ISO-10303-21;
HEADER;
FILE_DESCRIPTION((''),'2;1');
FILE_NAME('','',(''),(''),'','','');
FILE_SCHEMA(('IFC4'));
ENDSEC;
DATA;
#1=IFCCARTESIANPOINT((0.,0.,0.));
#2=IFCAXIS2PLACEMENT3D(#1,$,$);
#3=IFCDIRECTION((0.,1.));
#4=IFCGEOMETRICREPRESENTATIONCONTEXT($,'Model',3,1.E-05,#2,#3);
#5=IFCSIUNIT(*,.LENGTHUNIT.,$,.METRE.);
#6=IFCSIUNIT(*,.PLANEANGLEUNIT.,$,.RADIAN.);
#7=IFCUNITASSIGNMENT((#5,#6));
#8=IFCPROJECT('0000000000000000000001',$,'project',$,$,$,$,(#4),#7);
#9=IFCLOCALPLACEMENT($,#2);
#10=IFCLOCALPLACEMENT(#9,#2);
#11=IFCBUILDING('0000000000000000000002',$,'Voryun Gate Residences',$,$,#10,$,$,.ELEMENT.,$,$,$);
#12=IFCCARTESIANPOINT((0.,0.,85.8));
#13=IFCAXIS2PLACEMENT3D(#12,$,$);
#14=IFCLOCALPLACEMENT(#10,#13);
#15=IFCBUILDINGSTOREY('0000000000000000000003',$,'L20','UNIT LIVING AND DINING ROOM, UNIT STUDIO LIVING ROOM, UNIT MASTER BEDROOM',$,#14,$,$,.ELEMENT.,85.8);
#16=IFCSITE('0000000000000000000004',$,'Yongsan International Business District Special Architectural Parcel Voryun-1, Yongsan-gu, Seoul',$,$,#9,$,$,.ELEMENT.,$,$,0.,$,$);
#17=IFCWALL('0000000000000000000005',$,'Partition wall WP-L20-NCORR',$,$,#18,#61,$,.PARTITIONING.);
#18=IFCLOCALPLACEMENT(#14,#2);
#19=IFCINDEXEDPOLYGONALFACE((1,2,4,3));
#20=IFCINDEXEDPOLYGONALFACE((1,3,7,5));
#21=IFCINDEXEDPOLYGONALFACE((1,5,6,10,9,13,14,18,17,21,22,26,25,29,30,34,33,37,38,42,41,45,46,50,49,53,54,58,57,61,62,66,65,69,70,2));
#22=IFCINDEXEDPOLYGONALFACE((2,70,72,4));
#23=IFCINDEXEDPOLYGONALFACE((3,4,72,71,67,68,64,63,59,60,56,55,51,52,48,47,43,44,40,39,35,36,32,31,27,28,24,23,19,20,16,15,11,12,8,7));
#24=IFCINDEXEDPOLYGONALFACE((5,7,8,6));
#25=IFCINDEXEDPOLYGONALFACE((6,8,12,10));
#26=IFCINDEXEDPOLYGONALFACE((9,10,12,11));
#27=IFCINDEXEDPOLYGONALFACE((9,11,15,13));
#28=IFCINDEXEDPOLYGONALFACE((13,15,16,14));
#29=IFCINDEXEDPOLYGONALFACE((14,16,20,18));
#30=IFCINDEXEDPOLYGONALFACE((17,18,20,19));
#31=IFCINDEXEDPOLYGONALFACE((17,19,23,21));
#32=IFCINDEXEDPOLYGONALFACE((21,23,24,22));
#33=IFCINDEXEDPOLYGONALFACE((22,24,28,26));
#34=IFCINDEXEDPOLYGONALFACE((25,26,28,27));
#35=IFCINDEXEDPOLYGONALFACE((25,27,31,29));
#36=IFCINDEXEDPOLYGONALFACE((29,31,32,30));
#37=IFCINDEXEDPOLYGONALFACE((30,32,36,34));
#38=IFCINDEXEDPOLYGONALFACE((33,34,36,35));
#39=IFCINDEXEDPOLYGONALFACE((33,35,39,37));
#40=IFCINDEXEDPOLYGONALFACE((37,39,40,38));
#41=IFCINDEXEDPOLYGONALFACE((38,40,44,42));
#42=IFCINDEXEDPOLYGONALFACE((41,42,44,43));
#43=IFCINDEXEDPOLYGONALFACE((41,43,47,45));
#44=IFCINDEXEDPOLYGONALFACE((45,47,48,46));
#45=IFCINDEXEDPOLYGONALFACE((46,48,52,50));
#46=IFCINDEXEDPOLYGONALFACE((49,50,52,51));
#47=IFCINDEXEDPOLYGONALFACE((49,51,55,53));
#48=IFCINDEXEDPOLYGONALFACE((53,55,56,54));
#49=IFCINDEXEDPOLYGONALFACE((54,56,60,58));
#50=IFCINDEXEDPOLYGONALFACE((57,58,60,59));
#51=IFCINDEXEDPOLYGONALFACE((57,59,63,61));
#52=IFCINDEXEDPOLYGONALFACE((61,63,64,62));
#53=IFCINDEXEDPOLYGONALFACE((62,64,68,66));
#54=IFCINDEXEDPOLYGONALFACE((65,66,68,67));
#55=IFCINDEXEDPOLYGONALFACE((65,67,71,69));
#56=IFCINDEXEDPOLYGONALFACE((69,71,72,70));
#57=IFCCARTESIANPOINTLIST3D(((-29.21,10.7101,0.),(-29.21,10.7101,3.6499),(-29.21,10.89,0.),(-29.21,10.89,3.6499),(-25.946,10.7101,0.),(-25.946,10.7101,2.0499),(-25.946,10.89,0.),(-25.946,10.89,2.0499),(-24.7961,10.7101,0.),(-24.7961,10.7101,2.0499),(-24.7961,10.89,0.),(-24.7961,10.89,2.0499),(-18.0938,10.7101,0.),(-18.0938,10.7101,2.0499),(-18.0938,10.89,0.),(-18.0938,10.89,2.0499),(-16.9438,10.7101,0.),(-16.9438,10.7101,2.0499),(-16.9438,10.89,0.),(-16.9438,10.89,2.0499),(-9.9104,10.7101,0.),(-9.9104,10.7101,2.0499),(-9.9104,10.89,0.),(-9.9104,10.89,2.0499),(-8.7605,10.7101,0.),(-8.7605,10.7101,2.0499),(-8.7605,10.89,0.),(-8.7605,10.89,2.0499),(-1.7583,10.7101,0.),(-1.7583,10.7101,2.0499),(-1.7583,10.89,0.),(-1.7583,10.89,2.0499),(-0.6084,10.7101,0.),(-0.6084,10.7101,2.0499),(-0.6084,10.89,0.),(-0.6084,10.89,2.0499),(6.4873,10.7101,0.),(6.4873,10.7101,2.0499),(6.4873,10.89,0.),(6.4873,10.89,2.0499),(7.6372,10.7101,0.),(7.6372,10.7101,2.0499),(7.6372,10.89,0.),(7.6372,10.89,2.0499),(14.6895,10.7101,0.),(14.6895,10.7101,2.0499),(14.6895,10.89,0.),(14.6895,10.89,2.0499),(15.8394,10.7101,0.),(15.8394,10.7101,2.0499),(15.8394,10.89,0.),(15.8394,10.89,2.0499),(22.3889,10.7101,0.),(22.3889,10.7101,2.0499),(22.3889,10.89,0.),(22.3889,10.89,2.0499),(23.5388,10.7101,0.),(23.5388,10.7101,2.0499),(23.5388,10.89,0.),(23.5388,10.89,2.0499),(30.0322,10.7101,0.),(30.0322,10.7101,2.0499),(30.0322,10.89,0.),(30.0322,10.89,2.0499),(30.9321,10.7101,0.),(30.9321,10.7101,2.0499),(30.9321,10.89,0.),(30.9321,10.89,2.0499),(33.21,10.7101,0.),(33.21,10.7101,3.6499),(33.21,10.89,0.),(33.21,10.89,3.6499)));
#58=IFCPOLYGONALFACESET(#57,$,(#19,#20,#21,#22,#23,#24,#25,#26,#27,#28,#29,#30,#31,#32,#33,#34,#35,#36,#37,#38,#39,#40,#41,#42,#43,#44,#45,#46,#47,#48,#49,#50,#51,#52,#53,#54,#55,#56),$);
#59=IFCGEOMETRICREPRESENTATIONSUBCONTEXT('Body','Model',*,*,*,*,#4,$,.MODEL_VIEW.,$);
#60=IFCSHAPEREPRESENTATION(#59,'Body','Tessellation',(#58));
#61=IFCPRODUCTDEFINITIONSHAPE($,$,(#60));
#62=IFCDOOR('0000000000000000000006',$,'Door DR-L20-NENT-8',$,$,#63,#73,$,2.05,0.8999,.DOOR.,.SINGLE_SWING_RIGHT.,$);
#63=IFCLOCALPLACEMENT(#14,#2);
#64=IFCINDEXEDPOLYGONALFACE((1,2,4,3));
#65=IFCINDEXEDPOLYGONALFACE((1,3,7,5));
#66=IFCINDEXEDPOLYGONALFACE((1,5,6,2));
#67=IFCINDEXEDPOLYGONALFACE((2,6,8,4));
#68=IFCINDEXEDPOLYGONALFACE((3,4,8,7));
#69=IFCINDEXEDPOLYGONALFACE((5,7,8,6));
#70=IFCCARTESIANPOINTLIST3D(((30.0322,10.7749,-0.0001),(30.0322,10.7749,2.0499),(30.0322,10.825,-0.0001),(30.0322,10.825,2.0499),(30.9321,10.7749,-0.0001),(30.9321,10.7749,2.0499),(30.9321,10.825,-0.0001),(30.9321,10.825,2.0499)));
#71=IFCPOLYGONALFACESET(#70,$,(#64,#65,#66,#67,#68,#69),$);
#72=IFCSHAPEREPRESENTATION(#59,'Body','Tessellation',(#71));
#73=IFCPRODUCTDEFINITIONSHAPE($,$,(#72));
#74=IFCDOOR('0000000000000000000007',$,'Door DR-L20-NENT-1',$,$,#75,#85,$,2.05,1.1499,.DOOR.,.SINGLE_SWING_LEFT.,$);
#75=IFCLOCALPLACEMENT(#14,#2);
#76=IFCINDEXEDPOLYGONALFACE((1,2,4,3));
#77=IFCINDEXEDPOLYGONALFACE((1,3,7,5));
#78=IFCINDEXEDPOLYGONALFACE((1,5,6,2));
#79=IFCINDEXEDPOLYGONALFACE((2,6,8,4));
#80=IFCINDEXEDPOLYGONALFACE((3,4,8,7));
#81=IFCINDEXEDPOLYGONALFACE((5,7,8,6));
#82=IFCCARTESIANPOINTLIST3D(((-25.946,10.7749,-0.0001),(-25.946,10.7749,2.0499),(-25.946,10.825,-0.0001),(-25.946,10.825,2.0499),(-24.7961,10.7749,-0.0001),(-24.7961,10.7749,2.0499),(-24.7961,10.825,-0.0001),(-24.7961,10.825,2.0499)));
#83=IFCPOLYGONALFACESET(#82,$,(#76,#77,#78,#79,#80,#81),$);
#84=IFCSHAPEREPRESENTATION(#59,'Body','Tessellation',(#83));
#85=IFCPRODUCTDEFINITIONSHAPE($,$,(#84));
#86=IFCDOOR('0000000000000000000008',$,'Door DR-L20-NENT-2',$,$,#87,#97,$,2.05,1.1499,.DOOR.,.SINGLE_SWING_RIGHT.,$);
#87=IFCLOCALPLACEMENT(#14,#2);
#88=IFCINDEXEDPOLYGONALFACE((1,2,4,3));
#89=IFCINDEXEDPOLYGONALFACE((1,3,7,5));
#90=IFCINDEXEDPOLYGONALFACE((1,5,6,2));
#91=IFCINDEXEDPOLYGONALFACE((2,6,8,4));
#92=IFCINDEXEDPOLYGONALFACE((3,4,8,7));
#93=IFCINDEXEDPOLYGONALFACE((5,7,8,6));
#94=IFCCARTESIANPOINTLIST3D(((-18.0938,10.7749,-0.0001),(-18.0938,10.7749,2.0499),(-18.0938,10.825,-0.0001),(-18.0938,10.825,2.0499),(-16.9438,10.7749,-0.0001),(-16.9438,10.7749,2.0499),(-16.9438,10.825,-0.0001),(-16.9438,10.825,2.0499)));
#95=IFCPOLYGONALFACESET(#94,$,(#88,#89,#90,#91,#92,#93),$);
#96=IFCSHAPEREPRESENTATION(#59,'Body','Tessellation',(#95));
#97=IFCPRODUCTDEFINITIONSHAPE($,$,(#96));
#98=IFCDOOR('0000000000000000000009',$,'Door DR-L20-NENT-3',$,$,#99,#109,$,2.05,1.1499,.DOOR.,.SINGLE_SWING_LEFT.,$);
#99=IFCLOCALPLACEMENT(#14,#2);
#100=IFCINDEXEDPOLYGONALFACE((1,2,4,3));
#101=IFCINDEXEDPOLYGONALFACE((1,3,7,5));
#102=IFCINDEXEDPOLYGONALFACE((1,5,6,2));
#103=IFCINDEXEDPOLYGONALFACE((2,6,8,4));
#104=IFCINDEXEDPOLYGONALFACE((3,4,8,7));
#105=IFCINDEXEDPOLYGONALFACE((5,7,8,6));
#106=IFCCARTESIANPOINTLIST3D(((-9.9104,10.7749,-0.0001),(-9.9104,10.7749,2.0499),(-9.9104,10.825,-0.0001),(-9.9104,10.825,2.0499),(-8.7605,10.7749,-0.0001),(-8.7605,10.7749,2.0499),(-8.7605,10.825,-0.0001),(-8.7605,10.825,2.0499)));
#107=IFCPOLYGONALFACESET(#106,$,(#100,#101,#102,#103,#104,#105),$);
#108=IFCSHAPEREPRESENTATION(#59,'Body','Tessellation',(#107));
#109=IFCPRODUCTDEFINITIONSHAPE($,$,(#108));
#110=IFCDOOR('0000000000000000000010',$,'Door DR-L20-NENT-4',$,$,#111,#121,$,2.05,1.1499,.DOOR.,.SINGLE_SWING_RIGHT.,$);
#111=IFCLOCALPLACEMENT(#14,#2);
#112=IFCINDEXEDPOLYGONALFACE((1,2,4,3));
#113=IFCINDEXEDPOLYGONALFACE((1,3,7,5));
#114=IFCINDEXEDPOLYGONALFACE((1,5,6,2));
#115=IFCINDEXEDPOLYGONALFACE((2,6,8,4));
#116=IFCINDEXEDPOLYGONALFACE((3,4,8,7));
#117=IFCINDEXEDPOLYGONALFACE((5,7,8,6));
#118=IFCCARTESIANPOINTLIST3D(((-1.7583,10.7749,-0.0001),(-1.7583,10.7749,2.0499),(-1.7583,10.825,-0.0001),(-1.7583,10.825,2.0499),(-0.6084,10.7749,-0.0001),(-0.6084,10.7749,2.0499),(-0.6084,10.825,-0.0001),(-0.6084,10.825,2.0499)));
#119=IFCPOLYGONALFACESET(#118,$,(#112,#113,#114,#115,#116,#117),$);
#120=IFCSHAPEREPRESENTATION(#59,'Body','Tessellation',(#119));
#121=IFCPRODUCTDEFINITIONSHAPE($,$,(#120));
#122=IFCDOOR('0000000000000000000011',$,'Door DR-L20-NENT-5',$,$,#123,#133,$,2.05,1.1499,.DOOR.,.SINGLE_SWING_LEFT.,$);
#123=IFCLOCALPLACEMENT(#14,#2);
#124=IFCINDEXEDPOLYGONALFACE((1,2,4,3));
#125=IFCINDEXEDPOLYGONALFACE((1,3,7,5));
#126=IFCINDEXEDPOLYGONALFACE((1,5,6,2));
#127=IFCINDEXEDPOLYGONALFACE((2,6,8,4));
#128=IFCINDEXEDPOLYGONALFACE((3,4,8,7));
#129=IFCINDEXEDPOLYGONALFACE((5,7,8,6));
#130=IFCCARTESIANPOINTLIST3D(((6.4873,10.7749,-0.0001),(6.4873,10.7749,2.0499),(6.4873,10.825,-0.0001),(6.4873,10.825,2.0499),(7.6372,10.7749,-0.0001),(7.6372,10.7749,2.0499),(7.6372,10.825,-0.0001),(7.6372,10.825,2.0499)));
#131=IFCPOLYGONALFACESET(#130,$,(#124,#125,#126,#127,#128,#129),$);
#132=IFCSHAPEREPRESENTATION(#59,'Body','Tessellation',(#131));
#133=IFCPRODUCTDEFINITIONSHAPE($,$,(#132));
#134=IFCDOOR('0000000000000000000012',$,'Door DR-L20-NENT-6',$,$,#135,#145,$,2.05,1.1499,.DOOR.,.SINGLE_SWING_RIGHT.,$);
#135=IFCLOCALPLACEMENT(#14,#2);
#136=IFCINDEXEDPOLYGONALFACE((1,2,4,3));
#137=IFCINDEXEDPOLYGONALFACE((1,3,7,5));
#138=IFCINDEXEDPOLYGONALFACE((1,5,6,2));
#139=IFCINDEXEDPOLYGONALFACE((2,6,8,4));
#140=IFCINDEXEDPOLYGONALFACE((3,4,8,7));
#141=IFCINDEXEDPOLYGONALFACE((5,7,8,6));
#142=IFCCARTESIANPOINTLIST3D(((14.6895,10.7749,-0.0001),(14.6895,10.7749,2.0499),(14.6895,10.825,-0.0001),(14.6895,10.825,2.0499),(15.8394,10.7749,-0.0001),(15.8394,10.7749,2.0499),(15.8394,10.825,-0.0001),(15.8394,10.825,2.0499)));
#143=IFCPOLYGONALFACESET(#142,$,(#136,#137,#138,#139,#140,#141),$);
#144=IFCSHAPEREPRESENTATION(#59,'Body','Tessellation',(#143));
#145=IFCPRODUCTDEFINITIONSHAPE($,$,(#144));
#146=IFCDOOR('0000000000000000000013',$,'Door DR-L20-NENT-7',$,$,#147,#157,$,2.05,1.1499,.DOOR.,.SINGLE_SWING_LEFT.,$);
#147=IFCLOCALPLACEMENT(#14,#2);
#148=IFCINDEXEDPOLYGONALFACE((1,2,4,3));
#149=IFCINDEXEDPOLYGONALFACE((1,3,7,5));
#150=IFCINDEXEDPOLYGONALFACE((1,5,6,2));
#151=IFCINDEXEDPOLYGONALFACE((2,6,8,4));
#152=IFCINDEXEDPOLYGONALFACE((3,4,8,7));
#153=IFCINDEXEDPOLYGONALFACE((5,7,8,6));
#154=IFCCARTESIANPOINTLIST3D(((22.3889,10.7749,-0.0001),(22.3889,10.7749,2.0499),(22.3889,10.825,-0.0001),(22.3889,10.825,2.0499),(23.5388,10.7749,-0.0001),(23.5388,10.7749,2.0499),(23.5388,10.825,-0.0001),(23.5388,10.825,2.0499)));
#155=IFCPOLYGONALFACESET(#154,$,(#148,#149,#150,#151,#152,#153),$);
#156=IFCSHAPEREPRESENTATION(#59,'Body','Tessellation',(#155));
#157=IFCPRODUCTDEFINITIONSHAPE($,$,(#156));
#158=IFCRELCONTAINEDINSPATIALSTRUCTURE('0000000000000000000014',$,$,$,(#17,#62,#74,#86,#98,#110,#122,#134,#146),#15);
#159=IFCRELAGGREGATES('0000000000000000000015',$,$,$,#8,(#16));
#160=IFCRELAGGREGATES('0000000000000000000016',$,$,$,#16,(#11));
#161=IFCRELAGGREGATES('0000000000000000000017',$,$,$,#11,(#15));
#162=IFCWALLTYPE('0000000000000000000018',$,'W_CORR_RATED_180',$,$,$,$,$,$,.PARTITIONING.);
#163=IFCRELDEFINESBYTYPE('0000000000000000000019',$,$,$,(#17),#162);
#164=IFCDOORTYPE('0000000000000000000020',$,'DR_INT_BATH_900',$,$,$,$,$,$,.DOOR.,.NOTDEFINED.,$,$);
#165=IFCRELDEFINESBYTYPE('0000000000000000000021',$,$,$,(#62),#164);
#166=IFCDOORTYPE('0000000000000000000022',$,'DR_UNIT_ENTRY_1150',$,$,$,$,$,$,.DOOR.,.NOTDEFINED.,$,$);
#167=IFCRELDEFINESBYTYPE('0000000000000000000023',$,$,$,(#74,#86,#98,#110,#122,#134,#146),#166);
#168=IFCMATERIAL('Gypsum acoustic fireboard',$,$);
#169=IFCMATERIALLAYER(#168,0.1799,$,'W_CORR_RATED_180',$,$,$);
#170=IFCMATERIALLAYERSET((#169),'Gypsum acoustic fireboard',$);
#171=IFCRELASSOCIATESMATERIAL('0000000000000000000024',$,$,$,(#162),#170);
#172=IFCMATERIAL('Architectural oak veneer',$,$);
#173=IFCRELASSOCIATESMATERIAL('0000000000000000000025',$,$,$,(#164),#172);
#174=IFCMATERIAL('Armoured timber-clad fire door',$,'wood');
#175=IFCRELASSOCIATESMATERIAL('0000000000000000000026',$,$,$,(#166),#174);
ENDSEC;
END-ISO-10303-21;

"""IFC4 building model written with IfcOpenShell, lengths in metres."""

from ifc_helpers import new_model, si_unit, direction, frame, frame_2d, origin, place, context, subcontext, project, spatial, rectangle, extrude, material, layer, layer_set, type_object, element, fill, save


model = new_model("IFC4")

# Units and contexts
model_context = context("Model", 3, precision=1e-05, world=origin(), true_north=direction((0.0, 1.0)))
body_context = subcontext(model_context, "Body", "Model", "MODEL_VIEW")
ifc_project = project(units=[si_unit("LENGTHUNIT", "METRE"), si_unit("PLANEANGLEUNIT", "RADIAN")], contexts=[model_context])

# Site, building, storey
site_placement = place(None, origin())
site = spatial("IfcSite", under=ifc_project, at=site_placement, Name="Yongsan International Business District Special Architectural Parcel Voryun-1, Yongsan-gu, Seoul", CompositionType="ELEMENT", RefElevation=0.0)
building_placement = place(site_placement, origin())
building = spatial("IfcBuilding", under=site, at=building_placement, Name="Voryun Gate Residences", CompositionType="ELEMENT")
storey_placement = place(building_placement, frame((0.0, 0.0, 85.8)))
storey = spatial("IfcBuildingStorey", under=building, at=storey_placement, Name="L20", Description="UNIT LIVING AND DINING ROOM, UNIT STUDIO LIVING ROOM, UNIT MASTER BEDROOM", CompositionType="ELEMENT", Elevation=85.8)

# Wall, openings, doors
ifc_material_1 = material(Name="Gypsum acoustic fireboard")
ifc_layer_1 = layer(ifc_material_1, 0.1799, Name="W_CORR_RATED_180")
ifc_layer_set_1 = layer_set([ifc_layer_1], Name="Gypsum acoustic fireboard")
wall_type_1 = type_object("IfcWallType", Name="W_CORR_RATED_180", PredefinedType="PARTITIONING", material=ifc_layer_set_1)
wall_1_placement = place(storey_placement, frame((-29.21, 10.8, 0.0), z_axis=(0.0, 0.0, 1.0), x_axis=(1.0, 0.0, 0.0)))
wall_1 = element("IfcWall", 1, at=wall_1_placement, inside=storey, type_object=wall_type_1, Name="Partition wall WP-L20-NCORR", PredefinedType="PARTITIONING", context=body_context, shape_type="SweptSolid", body=[
    extrude(rectangle(XDim=62.4199, YDim=0.1799, at=frame_2d((31.21, 0.0))), origin(), (0.0, 0.0, 1.0), 3.6499),
])
opening_1_placement = place(wall_1_placement, frame((3.2639, 0.0, 0.0)))
opening_1 = element("IfcOpeningElement", 2, at=opening_1_placement, cuts=wall_1, PredefinedType="OPENING", context=body_context, shape_type="SweptSolid", body=[
    extrude(rectangle(XDim=1.1499, YDim=2.05, at=frame_2d((0.575, 1.0249))), frame((0.0, 0.0999, 0.0), z_axis=(0.0, -1.0, 0.0), x_axis=(1.0, 0.0, 0.0)), (0.0, 0.0, 1.0), 0.2),
])
opening_2_placement = place(wall_1_placement, frame((11.1162, 0.0, 0.0)))
opening_2 = element("IfcOpeningElement", 3, at=opening_2_placement, cuts=wall_1, PredefinedType="OPENING", context=body_context, shape_type="SweptSolid", body=[
    extrude(rectangle(XDim=1.1499, YDim=2.05, at=frame_2d((0.575, 1.0249))), frame((0.0, 0.0999, 0.0), z_axis=(0.0, -1.0, 0.0), x_axis=(1.0, 0.0, 0.0)), (0.0, 0.0, 1.0), 0.2),
])
opening_3_placement = place(wall_1_placement, frame((19.2996, 0.0, 0.0)))
opening_3 = element("IfcOpeningElement", 4, at=opening_3_placement, cuts=wall_1, PredefinedType="OPENING", context=body_context, shape_type="SweptSolid", body=[
    extrude(rectangle(XDim=1.1499, YDim=2.05, at=frame_2d((0.575, 1.0249))), frame((0.0, 0.0999, 0.0), z_axis=(0.0, -1.0, 0.0), x_axis=(1.0, 0.0, 0.0)), (0.0, 0.0, 1.0), 0.2),
])
opening_4_placement = place(wall_1_placement, frame((27.4517, 0.0, 0.0)))
opening_4 = element("IfcOpeningElement", 5, at=opening_4_placement, cuts=wall_1, PredefinedType="OPENING", context=body_context, shape_type="SweptSolid", body=[
    extrude(rectangle(XDim=1.1499, YDim=2.05, at=frame_2d((0.575, 1.0249))), frame((0.0, 0.0999, 0.0), z_axis=(0.0, -1.0, 0.0), x_axis=(1.0, 0.0, 0.0)), (0.0, 0.0, 1.0), 0.2),
])
opening_5_placement = place(wall_1_placement, frame((35.6973, 0.0, 0.0)))
opening_5 = element("IfcOpeningElement", 6, at=opening_5_placement, cuts=wall_1, PredefinedType="OPENING", context=body_context, shape_type="SweptSolid", body=[
    extrude(rectangle(XDim=1.1499, YDim=2.05, at=frame_2d((0.575, 1.0249))), frame((0.0, 0.0999, 0.0), z_axis=(0.0, -1.0, 0.0), x_axis=(1.0, 0.0, 0.0)), (0.0, 0.0, 1.0), 0.2),
])
opening_6_placement = place(wall_1_placement, frame((43.8994, 0.0, 0.0)))
opening_6 = element("IfcOpeningElement", 7, at=opening_6_placement, cuts=wall_1, PredefinedType="OPENING", context=body_context, shape_type="SweptSolid", body=[
    extrude(rectangle(XDim=1.1499, YDim=2.05, at=frame_2d((0.575, 1.0249))), frame((0.0, 0.0999, 0.0), z_axis=(0.0, -1.0, 0.0), x_axis=(1.0, 0.0, 0.0)), (0.0, 0.0, 1.0), 0.2),
])
opening_7_placement = place(wall_1_placement, frame((51.5989, 0.0, 0.0)))
opening_7 = element("IfcOpeningElement", 8, at=opening_7_placement, cuts=wall_1, PredefinedType="OPENING", context=body_context, shape_type="SweptSolid", body=[
    extrude(rectangle(XDim=1.1499, YDim=2.05, at=frame_2d((0.575, 1.0249))), frame((0.0, 0.0999, 0.0), z_axis=(0.0, -1.0, 0.0), x_axis=(1.0, 0.0, 0.0)), (0.0, 0.0, 1.0), 0.2),
])
opening_8_placement = place(wall_1_placement, frame((59.2422, 0.0, 0.0)))
opening_8 = element("IfcOpeningElement", 9, at=opening_8_placement, cuts=wall_1, PredefinedType="OPENING", context=body_context, shape_type="SweptSolid", body=[
    extrude(rectangle(XDim=0.8999, YDim=2.05, at=frame_2d((0.45, 1.0249))), frame((0.0, 0.0999, 0.0), z_axis=(0.0, -1.0, 0.0), x_axis=(1.0, 0.0, 0.0)), (0.0, 0.0, 1.0), 0.2),
])
ifc_material_2 = material(Name="Architectural oak veneer")
door_type_1 = type_object("IfcDoorType", Name="DR_INT_BATH_900", OperationType="NOTDEFINED", PredefinedType="DOOR", material=ifc_material_2)
door_1_placement = place(opening_8_placement, origin())
door_1 = element("IfcDoor", 10, at=door_1_placement, inside=storey, type_object=door_type_1, Name="Door DR-L20-NENT-8", OperationType="SINGLE_SWING_RIGHT", OverallHeight=2.05, OverallWidth=0.8999, PredefinedType="DOOR", context=body_context, shape_type="SweptSolid", body=[
    extrude(rectangle(XDim=0.8999, YDim=2.05, at=frame_2d((0.45, 1.0249))), frame((0.0, 0.0249, 0.0), z_axis=(0.0, -1.0, 0.0), x_axis=(1.0, 0.0, 0.0)), (0.0, 0.0, 1.0), 0.05),
])
fill(opening_8, door_1)
ifc_material_3 = material(Name="Armoured timber-clad fire door", Category="wood")
door_type_2 = type_object("IfcDoorType", Name="DR_UNIT_ENTRY_1150", OperationType="NOTDEFINED", PredefinedType="DOOR", material=ifc_material_3)
door_2_placement = place(opening_1_placement, origin())
door_2 = element("IfcDoor", 11, at=door_2_placement, inside=storey, type_object=door_type_2, Name="Door DR-L20-NENT-1", OperationType="SINGLE_SWING_LEFT", OverallHeight=2.05, OverallWidth=1.1499, PredefinedType="DOOR", context=body_context, shape_type="SweptSolid", body=[
    extrude(rectangle(XDim=1.1499, YDim=2.05, at=frame_2d((0.575, 1.0249))), frame((0.0, 0.0249, 0.0), z_axis=(0.0, -1.0, 0.0), x_axis=(1.0, 0.0, 0.0)), (0.0, 0.0, 1.0), 0.05),
])
fill(opening_1, door_2)
door_3_placement = place(opening_2_placement, origin())
door_3 = element("IfcDoor", 12, at=door_3_placement, inside=storey, type_object=door_type_2, Name="Door DR-L20-NENT-2", OperationType="SINGLE_SWING_RIGHT", OverallHeight=2.05, OverallWidth=1.1499, PredefinedType="DOOR", context=body_context, shape_type="SweptSolid", body=[
    extrude(rectangle(XDim=1.1499, YDim=2.05, at=frame_2d((0.575, 1.0249))), frame((0.0, 0.0249, 0.0), z_axis=(0.0, -1.0, 0.0), x_axis=(1.0, 0.0, 0.0)), (0.0, 0.0, 1.0), 0.05),
])
fill(opening_2, door_3)
door_4_placement = place(opening_3_placement, origin())
door_4 = element("IfcDoor", 13, at=door_4_placement, inside=storey, type_object=door_type_2, Name="Door DR-L20-NENT-3", OperationType="SINGLE_SWING_LEFT", OverallHeight=2.05, OverallWidth=1.1499, PredefinedType="DOOR", context=body_context, shape_type="SweptSolid", body=[
    extrude(rectangle(XDim=1.1499, YDim=2.05, at=frame_2d((0.575, 1.0249))), frame((0.0, 0.0249, 0.0), z_axis=(0.0, -1.0, 0.0), x_axis=(1.0, 0.0, 0.0)), (0.0, 0.0, 1.0), 0.05),
])
fill(opening_3, door_4)
door_5_placement = place(opening_4_placement, origin())
door_5 = element("IfcDoor", 14, at=door_5_placement, inside=storey, type_object=door_type_2, Name="Door DR-L20-NENT-4", OperationType="SINGLE_SWING_RIGHT", OverallHeight=2.05, OverallWidth=1.1499, PredefinedType="DOOR", context=body_context, shape_type="SweptSolid", body=[
    extrude(rectangle(XDim=1.1499, YDim=2.05, at=frame_2d((0.575, 1.0249))), frame((0.0, 0.0249, 0.0), z_axis=(0.0, -1.0, 0.0), x_axis=(1.0, 0.0, 0.0)), (0.0, 0.0, 1.0), 0.05),
])
fill(opening_4, door_5)
door_6_placement = place(opening_5_placement, origin())
door_6 = element("IfcDoor", 15, at=door_6_placement, inside=storey, type_object=door_type_2, Name="Door DR-L20-NENT-5", OperationType="SINGLE_SWING_LEFT", OverallHeight=2.05, OverallWidth=1.1499, PredefinedType="DOOR", context=body_context, shape_type="SweptSolid", body=[
    extrude(rectangle(XDim=1.1499, YDim=2.05, at=frame_2d((0.575, 1.0249))), frame((0.0, 0.0249, 0.0), z_axis=(0.0, -1.0, 0.0), x_axis=(1.0, 0.0, 0.0)), (0.0, 0.0, 1.0), 0.05),
])
fill(opening_5, door_6)
door_7_placement = place(opening_6_placement, origin())
door_7 = element("IfcDoor", 16, at=door_7_placement, inside=storey, type_object=door_type_2, Name="Door DR-L20-NENT-6", OperationType="SINGLE_SWING_RIGHT", OverallHeight=2.05, OverallWidth=1.1499, PredefinedType="DOOR", context=body_context, shape_type="SweptSolid", body=[
    extrude(rectangle(XDim=1.1499, YDim=2.05, at=frame_2d((0.575, 1.0249))), frame((0.0, 0.0249, 0.0), z_axis=(0.0, -1.0, 0.0), x_axis=(1.0, 0.0, 0.0)), (0.0, 0.0, 1.0), 0.05),
])
fill(opening_6, door_7)
door_8_placement = place(opening_7_placement, origin())
door_8 = element("IfcDoor", 17, at=door_8_placement, inside=storey, type_object=door_type_2, Name="Door DR-L20-NENT-7", OperationType="SINGLE_SWING_LEFT", OverallHeight=2.05, OverallWidth=1.1499, PredefinedType="DOOR", context=body_context, shape_type="SweptSolid", body=[
    extrude(rectangle(XDim=1.1499, YDim=2.05, at=frame_2d((0.575, 1.0249))), frame((0.0, 0.0249, 0.0), z_axis=(0.0, -1.0, 0.0), x_axis=(1.0, 0.0, 0.0)), (0.0, 0.0, 1.0), 0.05),
])
fill(opening_7, door_8)

save(model, "model.ifc")
